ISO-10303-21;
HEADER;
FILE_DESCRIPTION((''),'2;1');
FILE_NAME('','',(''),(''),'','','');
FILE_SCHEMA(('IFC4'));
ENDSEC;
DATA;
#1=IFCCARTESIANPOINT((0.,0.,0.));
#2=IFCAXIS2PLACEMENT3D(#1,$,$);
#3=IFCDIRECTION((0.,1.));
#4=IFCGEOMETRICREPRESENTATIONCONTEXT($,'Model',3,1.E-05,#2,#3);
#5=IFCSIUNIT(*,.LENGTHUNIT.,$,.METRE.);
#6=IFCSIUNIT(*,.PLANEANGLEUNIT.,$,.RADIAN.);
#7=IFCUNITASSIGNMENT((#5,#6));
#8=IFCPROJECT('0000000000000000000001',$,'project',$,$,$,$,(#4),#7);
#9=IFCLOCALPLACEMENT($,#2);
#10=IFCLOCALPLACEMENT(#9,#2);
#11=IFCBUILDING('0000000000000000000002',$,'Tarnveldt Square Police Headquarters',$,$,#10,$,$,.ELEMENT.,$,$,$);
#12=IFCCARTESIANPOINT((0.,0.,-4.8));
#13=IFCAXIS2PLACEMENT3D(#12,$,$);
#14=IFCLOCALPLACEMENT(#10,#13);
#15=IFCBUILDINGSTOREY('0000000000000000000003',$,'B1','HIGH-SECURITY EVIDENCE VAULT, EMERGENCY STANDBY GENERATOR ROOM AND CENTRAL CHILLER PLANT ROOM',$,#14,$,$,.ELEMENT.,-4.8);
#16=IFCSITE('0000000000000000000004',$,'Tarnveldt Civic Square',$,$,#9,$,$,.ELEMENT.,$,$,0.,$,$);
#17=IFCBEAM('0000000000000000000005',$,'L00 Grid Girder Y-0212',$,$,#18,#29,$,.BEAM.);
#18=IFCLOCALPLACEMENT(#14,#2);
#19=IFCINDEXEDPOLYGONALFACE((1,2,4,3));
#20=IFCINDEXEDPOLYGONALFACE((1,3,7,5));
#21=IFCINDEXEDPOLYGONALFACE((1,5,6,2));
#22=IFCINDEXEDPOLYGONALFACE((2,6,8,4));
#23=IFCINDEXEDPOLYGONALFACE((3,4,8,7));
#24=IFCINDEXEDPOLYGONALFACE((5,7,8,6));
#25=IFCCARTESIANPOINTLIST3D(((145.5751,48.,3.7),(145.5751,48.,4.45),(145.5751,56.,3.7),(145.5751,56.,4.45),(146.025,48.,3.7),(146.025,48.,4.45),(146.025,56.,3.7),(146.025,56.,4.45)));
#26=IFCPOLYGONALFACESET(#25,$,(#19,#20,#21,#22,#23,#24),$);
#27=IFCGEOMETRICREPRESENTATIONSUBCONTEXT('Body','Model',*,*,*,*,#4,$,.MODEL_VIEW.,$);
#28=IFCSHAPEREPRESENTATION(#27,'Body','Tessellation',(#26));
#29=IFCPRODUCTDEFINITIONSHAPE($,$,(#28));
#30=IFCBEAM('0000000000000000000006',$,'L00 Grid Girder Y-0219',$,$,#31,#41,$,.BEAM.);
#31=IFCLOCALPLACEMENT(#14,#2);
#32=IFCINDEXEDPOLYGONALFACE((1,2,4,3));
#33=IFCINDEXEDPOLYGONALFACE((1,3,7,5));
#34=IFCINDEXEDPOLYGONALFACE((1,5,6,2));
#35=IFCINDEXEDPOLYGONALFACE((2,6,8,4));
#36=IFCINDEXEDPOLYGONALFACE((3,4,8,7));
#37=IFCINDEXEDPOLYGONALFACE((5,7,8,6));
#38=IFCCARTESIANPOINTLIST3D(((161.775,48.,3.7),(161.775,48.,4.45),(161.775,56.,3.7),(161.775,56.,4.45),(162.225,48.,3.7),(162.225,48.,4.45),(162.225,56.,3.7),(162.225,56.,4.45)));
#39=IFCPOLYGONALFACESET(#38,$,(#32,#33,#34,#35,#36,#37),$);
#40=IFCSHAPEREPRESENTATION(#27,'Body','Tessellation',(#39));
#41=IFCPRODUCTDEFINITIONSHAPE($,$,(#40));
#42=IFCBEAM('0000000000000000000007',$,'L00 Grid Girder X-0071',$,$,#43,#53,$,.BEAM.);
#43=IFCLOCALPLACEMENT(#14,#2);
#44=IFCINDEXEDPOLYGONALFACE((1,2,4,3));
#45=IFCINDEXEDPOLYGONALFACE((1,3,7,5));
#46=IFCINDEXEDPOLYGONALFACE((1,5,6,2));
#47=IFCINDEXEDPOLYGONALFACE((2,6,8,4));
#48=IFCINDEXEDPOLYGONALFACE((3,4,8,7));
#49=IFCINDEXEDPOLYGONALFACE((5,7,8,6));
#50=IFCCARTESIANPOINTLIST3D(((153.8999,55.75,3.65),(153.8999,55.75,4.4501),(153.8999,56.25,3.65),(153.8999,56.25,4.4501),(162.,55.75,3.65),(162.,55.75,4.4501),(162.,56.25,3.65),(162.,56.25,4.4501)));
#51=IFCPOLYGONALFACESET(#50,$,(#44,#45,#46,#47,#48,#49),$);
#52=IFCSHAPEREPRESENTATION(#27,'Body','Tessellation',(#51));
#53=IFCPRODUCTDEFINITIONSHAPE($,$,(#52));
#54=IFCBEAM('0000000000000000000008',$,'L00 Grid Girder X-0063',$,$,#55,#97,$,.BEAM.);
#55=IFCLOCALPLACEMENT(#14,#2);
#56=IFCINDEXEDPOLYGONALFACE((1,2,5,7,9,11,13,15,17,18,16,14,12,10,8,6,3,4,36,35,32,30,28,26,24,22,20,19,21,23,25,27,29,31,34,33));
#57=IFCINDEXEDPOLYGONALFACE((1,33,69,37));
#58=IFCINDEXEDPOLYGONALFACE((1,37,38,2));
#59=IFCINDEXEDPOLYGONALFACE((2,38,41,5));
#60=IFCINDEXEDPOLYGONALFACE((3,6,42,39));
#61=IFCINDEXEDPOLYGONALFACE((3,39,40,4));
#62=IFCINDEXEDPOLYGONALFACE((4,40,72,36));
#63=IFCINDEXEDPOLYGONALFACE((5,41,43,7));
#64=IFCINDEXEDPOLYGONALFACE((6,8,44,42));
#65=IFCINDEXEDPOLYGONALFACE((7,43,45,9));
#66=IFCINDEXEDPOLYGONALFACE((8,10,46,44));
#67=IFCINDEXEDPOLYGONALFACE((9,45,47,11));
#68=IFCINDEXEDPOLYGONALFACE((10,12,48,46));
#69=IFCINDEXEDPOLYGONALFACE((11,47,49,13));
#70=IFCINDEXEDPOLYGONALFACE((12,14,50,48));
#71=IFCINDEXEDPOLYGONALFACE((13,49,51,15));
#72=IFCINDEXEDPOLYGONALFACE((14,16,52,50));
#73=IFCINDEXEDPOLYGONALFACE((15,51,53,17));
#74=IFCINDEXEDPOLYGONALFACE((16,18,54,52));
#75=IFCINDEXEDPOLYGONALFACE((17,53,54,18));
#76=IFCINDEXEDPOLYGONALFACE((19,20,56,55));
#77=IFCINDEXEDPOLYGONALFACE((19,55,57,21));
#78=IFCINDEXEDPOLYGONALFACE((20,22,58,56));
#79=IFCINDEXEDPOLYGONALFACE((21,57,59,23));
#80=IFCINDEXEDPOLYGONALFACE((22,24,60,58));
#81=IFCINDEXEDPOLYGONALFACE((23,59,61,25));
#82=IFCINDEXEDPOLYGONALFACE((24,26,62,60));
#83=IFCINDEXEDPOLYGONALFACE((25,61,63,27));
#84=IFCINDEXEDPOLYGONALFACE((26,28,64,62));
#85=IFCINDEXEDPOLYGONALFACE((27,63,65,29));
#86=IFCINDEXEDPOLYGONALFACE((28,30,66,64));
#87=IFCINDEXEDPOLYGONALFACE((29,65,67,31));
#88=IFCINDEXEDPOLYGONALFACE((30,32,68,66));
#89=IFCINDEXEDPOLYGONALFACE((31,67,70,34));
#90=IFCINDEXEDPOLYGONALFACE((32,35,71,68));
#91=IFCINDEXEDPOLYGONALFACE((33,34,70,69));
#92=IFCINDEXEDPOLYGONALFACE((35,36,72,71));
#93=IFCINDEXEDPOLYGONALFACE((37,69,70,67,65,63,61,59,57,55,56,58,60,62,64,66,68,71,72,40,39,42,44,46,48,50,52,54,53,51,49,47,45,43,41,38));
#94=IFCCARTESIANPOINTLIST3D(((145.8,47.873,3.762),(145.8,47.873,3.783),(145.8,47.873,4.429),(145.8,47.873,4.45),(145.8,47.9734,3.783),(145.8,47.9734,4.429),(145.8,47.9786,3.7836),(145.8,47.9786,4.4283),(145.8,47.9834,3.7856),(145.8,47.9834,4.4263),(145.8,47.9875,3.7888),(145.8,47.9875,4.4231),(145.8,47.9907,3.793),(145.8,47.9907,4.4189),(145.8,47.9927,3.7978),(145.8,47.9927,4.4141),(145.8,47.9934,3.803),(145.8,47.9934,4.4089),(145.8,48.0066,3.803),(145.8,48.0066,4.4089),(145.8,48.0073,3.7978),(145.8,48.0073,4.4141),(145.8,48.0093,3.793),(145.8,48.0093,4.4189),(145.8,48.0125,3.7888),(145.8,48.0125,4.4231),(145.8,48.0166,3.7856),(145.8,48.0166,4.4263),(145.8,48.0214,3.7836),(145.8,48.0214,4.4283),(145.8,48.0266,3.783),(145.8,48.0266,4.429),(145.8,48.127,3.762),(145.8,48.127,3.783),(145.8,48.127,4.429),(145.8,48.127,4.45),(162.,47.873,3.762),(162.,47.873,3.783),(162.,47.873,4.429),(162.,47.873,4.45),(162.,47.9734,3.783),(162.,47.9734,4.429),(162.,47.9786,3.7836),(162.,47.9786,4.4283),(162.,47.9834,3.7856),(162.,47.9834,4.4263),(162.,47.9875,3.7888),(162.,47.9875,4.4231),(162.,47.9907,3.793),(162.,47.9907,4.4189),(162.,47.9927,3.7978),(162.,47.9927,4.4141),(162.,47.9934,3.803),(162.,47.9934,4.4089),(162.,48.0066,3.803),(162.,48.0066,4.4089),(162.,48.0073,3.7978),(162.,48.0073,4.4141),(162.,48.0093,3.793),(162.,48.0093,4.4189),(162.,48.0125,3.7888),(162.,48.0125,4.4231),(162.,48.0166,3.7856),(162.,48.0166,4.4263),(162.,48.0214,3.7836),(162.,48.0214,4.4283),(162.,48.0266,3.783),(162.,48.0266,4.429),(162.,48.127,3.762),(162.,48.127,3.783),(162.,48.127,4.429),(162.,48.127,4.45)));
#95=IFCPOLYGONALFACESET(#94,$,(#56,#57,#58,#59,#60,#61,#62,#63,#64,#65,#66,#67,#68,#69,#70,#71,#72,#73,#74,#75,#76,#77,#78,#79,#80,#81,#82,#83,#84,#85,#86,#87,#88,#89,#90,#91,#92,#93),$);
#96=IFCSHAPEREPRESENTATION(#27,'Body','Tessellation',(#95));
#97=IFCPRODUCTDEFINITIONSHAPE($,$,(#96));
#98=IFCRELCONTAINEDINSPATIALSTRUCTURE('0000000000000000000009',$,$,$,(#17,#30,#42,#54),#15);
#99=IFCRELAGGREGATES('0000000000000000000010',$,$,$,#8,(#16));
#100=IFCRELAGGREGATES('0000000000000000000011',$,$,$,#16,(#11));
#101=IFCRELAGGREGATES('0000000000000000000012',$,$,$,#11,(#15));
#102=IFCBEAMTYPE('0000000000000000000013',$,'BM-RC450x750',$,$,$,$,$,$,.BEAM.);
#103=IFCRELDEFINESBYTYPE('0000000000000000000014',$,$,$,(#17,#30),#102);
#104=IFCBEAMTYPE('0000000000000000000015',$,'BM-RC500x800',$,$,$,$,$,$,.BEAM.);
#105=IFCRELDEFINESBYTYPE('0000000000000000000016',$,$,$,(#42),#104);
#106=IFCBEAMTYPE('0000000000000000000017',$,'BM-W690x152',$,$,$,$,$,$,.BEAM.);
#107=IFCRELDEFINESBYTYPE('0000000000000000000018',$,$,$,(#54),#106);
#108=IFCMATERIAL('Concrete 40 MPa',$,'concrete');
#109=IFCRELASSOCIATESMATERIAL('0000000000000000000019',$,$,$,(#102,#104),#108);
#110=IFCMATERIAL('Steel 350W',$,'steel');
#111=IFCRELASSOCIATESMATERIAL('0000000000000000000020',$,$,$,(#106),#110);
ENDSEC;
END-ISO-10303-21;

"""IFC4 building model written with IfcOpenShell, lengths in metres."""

from ifc_helpers import new_model, si_unit, direction, frame, origin, origin_2d, place, context, subcontext, project, spatial, rectangle, i_section, extrude, material, material_profile, profile_set, type_object, element, save


model = new_model("IFC4")

# Units and contexts
model_context = context("Model", 3, precision=1e-05, world=origin(), true_north=direction((0.0, 1.0)))
body_context = subcontext(model_context, "Body", "Model", "MODEL_VIEW")
ifc_project = project(units=[si_unit("LENGTHUNIT", "METRE"), si_unit("PLANEANGLEUNIT", "RADIAN")], contexts=[model_context])

# Site, building, storey
site_placement = place(None, origin())
site = spatial("IfcSite", under=ifc_project, at=site_placement, Name="Tarnveldt Civic Square", CompositionType="ELEMENT", RefElevation=0.0)
building_placement = place(site_placement, origin())
building = spatial("IfcBuilding", under=site, at=building_placement, Name="Tarnveldt Square Police Headquarters", CompositionType="ELEMENT")
storey_placement = place(building_placement, frame((0.0, 0.0, -4.8)))
storey = spatial("IfcBuildingStorey", under=building, at=storey_placement, Name="B1", Description="HIGH-SECURITY EVIDENCE VAULT, EMERGENCY STANDBY GENERATOR ROOM AND CENTRAL CHILLER PLANT ROOM", CompositionType="ELEMENT", Elevation=-4.8)

# Shared definitions
ifc_material_1 = material(Name="Concrete 40 MPa", Category="concrete")

# Beams
ifc_material_profile_1 = material_profile(ifc_material_1, rectangle(XDim=0.45, YDim=0.75, at=origin_2d()), Name="RC-B450x750")
ifc_profile_set_1 = profile_set([ifc_material_profile_1], Name="Concrete 40 MPa")
beam_type_1 = type_object("IfcBeamType", Name="BM-RC450x750", PredefinedType="BEAM", material=ifc_profile_set_1)
for number, where, z_axis, x_axis, name in (
    (1, (145.8, 48.0, 4.075), (0.0, 1.0, 0.0), (-1.0, 0.0, 0.0), "L00 Grid Girder Y-0212"),
    (2, (162.0, 48.0, 4.075), (0.0, 1.0, 0.0), (-1.0, 0.0, 0.0), "L00 Grid Girder Y-0219"),
):
    element("IfcBeam", number, at=place(storey_placement, frame(where, z_axis=z_axis, x_axis=x_axis)), inside=storey, type_object=beam_type_1, Name=name, PredefinedType="BEAM", context=body_context, shape_type="SweptSolid", body=[
        extrude(rectangle(XDim=0.45, YDim=0.75, at=origin_2d()), origin(), (0.0, 0.0, 1.0), 8.0),
    ])
ifc_material_profile_2 = material_profile(ifc_material_1, rectangle(XDim=0.5, YDim=0.8, at=origin_2d()), Name="RC-B500x800")
ifc_profile_set_2 = profile_set([ifc_material_profile_2], Name="Concrete 40 MPa")
beam_type_2 = type_object("IfcBeamType", Name="BM-RC500x800", PredefinedType="BEAM", material=ifc_profile_set_2)
beam_1_placement = place(storey_placement, frame((153.8999, 56.0, 4.05), z_axis=(1.0, 0.0, 0.0), x_axis=(0.0, 1.0, 0.0)))
element("IfcBeam", 3, at=beam_1_placement, inside=storey, type_object=beam_type_2, Name="L00 Grid Girder X-0071", PredefinedType="BEAM", context=body_context, shape_type="SweptSolid", body=[
    extrude(rectangle(XDim=0.5, YDim=0.8, at=origin_2d()), origin(), (0.0, 0.0, 1.0), 8.1001),
])
ifc_material_2 = material(Name="Steel 350W", Category="steel")
ifc_material_profile_3 = material_profile(ifc_material_2, i_section(OverallWidth=0.2539, OverallDepth=0.688, WebThickness=0.0132, FlangeThickness=0.021, FilletRadius=0.02, at=origin_2d()), Name="W690x152")
ifc_profile_set_3 = profile_set([ifc_material_profile_3], Name="Steel 350W")
beam_type_3 = type_object("IfcBeamType", Name="BM-W690x152", PredefinedType="BEAM", material=ifc_profile_set_3)
beam_2_placement = place(storey_placement, frame((145.8, 48.0, 4.106), z_axis=(1.0, 0.0, 0.0), x_axis=(0.0, 1.0, 0.0)))
element("IfcBeam", 4, at=beam_2_placement, inside=storey, type_object=beam_type_3, Name="L00 Grid Girder X-0063", PredefinedType="BEAM", context=body_context, shape_type="SweptSolid", body=[
    extrude(i_section(OverallWidth=0.2539, OverallDepth=0.688, WebThickness=0.0132, FlangeThickness=0.021, FilletRadius=0.02, at=origin_2d()), origin(), (0.0, 0.0, 1.0), 16.2),
])

save(model, "model.ifc")
